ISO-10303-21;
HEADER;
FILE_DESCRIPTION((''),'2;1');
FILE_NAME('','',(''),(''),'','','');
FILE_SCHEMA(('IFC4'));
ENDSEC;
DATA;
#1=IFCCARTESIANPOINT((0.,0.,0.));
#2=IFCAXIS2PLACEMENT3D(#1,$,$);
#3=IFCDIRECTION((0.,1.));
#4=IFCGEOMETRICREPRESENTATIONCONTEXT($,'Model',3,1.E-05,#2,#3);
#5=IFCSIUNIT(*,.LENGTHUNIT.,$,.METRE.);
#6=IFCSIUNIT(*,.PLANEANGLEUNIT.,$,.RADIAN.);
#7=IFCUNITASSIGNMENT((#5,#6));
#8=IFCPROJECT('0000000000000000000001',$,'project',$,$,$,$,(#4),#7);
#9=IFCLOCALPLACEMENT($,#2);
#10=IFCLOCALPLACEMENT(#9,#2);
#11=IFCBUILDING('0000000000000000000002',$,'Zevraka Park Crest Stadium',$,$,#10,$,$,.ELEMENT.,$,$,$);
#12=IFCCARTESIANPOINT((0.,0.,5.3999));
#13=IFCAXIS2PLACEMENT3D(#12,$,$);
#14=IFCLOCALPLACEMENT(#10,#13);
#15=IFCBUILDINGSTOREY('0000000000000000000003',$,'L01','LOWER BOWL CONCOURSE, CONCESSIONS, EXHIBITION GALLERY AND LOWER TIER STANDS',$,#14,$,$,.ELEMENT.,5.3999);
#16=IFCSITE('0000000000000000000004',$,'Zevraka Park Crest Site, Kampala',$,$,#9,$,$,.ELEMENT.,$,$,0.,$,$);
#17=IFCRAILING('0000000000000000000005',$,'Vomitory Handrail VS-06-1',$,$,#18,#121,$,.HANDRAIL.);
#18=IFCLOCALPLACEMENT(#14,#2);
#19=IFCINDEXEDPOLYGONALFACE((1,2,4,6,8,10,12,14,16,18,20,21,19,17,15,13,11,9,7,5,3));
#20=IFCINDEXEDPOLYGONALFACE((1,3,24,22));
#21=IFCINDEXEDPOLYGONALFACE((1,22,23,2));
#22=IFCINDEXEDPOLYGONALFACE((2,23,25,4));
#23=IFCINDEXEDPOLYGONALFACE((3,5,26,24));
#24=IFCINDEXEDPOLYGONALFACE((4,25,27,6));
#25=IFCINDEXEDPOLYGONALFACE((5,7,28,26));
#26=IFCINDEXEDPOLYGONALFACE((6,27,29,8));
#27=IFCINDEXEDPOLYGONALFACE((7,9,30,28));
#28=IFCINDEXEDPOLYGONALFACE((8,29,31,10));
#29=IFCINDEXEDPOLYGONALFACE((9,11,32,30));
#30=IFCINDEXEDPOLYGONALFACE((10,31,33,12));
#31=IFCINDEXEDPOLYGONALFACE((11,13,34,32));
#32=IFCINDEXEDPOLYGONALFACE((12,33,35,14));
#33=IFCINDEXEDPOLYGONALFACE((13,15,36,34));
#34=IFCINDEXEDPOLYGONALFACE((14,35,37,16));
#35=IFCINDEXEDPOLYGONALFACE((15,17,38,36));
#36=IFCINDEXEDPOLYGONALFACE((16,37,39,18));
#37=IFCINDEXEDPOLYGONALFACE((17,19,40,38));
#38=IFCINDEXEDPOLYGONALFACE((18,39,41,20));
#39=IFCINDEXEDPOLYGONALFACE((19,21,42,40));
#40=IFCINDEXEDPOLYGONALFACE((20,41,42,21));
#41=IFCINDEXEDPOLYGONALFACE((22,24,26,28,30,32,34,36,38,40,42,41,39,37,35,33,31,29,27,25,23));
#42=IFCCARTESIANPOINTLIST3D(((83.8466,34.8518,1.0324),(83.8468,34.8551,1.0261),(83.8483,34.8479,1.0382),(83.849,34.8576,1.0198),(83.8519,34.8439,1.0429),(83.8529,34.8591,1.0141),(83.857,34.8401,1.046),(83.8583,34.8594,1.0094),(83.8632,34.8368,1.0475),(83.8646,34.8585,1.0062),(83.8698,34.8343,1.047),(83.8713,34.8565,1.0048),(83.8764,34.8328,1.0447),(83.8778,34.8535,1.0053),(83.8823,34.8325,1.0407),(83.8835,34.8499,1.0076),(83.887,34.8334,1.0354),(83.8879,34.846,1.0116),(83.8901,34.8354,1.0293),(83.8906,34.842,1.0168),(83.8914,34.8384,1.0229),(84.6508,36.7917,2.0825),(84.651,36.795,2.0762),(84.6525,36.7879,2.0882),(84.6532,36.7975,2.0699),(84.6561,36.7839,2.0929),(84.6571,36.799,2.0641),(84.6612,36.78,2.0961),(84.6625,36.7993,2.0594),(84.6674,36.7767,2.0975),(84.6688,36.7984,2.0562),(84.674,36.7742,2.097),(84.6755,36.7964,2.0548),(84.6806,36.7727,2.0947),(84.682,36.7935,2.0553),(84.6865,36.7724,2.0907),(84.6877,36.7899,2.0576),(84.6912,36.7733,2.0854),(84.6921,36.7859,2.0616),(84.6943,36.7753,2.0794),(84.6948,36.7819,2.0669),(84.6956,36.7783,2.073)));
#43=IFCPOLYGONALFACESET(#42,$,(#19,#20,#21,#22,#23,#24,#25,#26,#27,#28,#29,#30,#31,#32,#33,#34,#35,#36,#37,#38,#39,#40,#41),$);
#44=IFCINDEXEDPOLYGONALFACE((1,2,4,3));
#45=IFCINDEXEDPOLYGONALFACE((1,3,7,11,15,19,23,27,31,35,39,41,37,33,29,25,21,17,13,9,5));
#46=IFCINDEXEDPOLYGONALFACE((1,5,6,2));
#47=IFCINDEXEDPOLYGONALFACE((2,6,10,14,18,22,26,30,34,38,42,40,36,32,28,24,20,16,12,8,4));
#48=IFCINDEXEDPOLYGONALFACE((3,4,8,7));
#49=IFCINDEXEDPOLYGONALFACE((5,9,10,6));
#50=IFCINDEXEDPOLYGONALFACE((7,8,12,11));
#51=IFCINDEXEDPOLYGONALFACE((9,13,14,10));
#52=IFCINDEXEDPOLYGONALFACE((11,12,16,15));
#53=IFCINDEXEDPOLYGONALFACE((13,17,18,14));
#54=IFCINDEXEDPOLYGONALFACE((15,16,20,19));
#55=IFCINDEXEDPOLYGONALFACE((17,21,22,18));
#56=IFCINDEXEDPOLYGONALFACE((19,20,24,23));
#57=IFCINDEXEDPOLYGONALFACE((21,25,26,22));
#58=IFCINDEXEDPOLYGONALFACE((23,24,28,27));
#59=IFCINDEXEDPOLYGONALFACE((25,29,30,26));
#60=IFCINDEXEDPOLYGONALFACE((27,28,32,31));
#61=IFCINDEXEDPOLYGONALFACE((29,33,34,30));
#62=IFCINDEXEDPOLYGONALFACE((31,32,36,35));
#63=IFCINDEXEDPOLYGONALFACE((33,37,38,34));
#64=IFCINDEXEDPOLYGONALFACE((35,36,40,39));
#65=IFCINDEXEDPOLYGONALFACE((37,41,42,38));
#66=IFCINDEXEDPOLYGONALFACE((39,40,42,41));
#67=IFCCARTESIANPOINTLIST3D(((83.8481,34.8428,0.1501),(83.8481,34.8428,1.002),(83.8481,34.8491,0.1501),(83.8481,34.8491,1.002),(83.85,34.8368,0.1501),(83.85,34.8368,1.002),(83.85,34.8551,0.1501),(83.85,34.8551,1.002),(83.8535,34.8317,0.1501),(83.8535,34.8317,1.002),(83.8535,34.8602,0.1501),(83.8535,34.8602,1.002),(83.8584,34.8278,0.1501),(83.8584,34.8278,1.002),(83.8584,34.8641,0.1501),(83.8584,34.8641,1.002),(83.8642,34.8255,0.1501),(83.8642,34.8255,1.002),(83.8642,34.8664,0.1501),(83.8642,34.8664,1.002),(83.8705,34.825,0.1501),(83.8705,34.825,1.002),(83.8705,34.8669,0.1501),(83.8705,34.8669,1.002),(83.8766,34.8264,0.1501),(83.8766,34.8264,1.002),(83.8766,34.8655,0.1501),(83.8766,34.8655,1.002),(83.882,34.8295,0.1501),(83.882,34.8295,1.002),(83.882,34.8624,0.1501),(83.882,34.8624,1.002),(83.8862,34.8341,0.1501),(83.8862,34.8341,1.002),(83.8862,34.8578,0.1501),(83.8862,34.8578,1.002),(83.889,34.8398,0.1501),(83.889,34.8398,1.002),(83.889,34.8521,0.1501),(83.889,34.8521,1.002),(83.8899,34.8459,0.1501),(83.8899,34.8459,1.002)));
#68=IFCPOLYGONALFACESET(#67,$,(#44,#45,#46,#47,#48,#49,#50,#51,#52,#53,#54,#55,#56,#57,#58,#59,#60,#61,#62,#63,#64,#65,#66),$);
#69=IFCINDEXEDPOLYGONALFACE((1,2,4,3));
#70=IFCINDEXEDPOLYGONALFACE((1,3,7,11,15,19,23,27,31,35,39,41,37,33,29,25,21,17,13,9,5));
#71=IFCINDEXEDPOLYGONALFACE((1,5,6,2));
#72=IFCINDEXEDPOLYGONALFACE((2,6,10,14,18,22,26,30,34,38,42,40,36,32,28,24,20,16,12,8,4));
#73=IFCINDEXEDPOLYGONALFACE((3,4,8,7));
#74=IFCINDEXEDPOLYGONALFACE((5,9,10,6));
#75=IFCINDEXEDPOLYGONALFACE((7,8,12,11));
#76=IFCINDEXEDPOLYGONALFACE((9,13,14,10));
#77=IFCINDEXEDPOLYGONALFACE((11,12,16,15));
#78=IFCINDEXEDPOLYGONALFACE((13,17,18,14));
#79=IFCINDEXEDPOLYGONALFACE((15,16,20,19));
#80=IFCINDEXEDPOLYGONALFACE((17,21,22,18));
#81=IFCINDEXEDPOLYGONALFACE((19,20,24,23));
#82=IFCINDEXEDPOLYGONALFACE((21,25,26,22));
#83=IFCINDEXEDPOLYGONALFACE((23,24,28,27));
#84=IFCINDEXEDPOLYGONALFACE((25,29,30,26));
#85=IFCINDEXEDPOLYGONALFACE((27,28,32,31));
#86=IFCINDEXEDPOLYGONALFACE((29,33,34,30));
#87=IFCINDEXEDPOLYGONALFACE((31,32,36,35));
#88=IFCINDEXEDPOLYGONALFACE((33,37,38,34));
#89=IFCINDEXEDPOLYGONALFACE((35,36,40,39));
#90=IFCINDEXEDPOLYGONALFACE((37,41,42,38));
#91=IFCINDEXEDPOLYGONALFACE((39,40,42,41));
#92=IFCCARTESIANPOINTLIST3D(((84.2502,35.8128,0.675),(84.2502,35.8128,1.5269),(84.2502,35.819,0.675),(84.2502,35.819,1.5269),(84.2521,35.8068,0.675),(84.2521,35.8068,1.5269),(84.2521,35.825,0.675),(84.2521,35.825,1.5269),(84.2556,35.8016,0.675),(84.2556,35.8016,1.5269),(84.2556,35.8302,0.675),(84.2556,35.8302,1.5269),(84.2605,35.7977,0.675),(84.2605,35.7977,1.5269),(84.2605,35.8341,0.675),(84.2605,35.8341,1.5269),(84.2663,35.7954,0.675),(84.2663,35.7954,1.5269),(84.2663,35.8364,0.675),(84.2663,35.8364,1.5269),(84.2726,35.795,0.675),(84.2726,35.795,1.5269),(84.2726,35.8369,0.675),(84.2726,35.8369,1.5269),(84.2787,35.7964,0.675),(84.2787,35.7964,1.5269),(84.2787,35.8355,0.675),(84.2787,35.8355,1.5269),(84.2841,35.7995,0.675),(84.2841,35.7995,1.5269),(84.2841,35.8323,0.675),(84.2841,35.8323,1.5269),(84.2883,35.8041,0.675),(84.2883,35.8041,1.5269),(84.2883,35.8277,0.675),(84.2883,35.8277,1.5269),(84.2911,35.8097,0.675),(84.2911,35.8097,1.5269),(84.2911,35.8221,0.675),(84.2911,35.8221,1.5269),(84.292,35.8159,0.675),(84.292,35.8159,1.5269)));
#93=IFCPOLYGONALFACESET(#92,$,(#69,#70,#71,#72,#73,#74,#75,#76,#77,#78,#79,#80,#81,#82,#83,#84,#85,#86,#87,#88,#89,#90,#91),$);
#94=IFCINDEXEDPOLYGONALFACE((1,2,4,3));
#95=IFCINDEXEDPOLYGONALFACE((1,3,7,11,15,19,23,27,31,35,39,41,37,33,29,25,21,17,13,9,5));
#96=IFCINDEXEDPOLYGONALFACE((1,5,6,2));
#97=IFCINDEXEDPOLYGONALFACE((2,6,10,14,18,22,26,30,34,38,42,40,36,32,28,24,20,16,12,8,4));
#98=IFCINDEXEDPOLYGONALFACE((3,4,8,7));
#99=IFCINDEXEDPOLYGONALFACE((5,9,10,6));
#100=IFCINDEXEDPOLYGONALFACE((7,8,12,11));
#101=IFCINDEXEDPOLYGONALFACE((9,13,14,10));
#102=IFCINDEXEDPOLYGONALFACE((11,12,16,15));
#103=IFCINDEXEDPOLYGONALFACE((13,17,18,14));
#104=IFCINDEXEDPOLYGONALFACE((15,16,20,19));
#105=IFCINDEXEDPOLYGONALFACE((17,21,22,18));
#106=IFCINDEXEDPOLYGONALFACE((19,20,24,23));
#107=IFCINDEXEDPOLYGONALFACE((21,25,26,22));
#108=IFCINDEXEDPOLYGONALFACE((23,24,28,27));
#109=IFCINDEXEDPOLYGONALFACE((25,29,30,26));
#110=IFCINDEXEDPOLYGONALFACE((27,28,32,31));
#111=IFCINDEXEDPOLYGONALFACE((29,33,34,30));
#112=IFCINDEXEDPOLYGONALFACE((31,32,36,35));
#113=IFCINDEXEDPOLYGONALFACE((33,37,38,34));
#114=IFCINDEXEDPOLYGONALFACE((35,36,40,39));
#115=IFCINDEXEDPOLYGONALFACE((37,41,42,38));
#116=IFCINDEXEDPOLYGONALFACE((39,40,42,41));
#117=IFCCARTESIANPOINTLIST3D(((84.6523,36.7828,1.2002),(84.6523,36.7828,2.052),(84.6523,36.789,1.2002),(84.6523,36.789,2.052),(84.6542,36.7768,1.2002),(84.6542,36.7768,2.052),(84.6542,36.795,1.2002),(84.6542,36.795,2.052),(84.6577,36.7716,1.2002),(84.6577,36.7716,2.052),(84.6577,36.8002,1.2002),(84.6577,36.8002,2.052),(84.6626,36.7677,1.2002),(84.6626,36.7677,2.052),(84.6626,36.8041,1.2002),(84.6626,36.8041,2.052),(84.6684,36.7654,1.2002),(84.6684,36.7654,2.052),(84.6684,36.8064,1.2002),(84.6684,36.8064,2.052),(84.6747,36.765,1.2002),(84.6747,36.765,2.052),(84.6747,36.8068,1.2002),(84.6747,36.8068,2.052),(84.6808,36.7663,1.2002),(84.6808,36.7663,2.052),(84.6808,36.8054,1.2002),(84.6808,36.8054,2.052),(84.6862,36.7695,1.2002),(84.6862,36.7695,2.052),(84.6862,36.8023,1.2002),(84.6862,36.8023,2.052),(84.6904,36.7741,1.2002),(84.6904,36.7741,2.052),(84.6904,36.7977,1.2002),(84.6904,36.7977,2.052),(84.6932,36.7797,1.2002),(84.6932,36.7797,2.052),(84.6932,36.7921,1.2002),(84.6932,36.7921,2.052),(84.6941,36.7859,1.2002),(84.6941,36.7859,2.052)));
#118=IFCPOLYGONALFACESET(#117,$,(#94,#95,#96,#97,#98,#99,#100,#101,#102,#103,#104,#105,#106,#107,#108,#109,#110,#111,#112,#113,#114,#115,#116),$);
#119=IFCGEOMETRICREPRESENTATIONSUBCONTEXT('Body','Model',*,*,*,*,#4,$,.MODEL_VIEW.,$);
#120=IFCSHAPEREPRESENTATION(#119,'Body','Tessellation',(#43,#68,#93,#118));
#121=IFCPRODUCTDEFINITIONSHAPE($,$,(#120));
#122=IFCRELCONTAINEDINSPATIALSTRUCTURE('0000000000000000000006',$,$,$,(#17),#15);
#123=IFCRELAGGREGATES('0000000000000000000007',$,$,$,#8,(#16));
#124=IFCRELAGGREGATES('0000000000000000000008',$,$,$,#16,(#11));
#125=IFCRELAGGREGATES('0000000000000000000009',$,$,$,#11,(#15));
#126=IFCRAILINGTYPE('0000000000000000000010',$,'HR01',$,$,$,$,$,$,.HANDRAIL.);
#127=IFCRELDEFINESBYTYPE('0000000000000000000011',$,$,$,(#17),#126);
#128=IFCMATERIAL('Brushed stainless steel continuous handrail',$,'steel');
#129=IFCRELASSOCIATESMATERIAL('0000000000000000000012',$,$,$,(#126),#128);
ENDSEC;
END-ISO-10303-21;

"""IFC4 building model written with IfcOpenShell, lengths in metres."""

from ifc_helpers import new_model, si_unit, direction, frame, origin, origin_2d, place, context, subcontext, project, spatial, circle, extrude, material, type_object, element, save


model = new_model("IFC4")

# Units and contexts
model_context = context("Model", 3, precision=1e-05, world=origin(), true_north=direction((0.0, 1.0)))
body_context = subcontext(model_context, "Body", "Model", "MODEL_VIEW")
ifc_project = project(units=[si_unit("LENGTHUNIT", "METRE"), si_unit("PLANEANGLEUNIT", "RADIAN")], contexts=[model_context])

# Site, building, storey
site_placement = place(None, origin())
site = spatial("IfcSite", under=ifc_project, at=site_placement, Name="Zevraka Park Crest Site, Kampala", CompositionType="ELEMENT", RefElevation=0.0)
building_placement = place(site_placement, origin())
building = spatial("IfcBuilding", under=site, at=building_placement, Name="Zevraka Park Crest Stadium", CompositionType="ELEMENT")
storey_placement = place(building_placement, frame((0.0, 0.0, 5.3999)))
storey = spatial("IfcBuildingStorey", under=building, at=storey_placement, Name="L01", Description="LOWER BOWL CONCOURSE, CONCESSIONS, EXHIBITION GALLERY AND LOWER TIER STANDS", CompositionType="ELEMENT", Elevation=5.3999)

# Railing
ifc_material_1 = material(Name="Brushed stainless steel continuous handrail", Category="steel")
railing_type_1 = type_object("IfcRailingType", Name="HR01", PredefinedType="HANDRAIL", material=ifc_material_1)
railing_1_placement = place(storey_placement, frame((83.8689, 34.8459, 0.1501)))
element("IfcRailing", 1, at=railing_1_placement, inside=storey, type_object=railing_type_1, Name="Vomitory Handrail VS-06-1", PredefinedType="HANDRAIL", context=body_context, shape_type="SweptSolid", body=[
    extrude(circle(Radius=0.0239, at=origin_2d()), frame((0.0, 0.0, 0.876), z_axis=(0.342516, 0.82624, 0.447226), x_axis=(-0.92377, 0.382947, 0.0)), (0.0, 0.0, 1.0), 2.3479),
    extrude(circle(Radius=0.021, at=origin_2d()), origin(), (0.0, 0.0, 1.0), 0.8518),
    extrude(circle(Radius=0.021, at=origin_2d()), frame((0.4021, 0.97, 0.5249)), (0.0, 0.0, 1.0), 0.8518),
    extrude(circle(Radius=0.021, at=origin_2d()), frame((0.8042, 1.9399, 1.05)), (0.0, 0.0, 1.0), 0.8518),
])

save(model, "model.ifc")
